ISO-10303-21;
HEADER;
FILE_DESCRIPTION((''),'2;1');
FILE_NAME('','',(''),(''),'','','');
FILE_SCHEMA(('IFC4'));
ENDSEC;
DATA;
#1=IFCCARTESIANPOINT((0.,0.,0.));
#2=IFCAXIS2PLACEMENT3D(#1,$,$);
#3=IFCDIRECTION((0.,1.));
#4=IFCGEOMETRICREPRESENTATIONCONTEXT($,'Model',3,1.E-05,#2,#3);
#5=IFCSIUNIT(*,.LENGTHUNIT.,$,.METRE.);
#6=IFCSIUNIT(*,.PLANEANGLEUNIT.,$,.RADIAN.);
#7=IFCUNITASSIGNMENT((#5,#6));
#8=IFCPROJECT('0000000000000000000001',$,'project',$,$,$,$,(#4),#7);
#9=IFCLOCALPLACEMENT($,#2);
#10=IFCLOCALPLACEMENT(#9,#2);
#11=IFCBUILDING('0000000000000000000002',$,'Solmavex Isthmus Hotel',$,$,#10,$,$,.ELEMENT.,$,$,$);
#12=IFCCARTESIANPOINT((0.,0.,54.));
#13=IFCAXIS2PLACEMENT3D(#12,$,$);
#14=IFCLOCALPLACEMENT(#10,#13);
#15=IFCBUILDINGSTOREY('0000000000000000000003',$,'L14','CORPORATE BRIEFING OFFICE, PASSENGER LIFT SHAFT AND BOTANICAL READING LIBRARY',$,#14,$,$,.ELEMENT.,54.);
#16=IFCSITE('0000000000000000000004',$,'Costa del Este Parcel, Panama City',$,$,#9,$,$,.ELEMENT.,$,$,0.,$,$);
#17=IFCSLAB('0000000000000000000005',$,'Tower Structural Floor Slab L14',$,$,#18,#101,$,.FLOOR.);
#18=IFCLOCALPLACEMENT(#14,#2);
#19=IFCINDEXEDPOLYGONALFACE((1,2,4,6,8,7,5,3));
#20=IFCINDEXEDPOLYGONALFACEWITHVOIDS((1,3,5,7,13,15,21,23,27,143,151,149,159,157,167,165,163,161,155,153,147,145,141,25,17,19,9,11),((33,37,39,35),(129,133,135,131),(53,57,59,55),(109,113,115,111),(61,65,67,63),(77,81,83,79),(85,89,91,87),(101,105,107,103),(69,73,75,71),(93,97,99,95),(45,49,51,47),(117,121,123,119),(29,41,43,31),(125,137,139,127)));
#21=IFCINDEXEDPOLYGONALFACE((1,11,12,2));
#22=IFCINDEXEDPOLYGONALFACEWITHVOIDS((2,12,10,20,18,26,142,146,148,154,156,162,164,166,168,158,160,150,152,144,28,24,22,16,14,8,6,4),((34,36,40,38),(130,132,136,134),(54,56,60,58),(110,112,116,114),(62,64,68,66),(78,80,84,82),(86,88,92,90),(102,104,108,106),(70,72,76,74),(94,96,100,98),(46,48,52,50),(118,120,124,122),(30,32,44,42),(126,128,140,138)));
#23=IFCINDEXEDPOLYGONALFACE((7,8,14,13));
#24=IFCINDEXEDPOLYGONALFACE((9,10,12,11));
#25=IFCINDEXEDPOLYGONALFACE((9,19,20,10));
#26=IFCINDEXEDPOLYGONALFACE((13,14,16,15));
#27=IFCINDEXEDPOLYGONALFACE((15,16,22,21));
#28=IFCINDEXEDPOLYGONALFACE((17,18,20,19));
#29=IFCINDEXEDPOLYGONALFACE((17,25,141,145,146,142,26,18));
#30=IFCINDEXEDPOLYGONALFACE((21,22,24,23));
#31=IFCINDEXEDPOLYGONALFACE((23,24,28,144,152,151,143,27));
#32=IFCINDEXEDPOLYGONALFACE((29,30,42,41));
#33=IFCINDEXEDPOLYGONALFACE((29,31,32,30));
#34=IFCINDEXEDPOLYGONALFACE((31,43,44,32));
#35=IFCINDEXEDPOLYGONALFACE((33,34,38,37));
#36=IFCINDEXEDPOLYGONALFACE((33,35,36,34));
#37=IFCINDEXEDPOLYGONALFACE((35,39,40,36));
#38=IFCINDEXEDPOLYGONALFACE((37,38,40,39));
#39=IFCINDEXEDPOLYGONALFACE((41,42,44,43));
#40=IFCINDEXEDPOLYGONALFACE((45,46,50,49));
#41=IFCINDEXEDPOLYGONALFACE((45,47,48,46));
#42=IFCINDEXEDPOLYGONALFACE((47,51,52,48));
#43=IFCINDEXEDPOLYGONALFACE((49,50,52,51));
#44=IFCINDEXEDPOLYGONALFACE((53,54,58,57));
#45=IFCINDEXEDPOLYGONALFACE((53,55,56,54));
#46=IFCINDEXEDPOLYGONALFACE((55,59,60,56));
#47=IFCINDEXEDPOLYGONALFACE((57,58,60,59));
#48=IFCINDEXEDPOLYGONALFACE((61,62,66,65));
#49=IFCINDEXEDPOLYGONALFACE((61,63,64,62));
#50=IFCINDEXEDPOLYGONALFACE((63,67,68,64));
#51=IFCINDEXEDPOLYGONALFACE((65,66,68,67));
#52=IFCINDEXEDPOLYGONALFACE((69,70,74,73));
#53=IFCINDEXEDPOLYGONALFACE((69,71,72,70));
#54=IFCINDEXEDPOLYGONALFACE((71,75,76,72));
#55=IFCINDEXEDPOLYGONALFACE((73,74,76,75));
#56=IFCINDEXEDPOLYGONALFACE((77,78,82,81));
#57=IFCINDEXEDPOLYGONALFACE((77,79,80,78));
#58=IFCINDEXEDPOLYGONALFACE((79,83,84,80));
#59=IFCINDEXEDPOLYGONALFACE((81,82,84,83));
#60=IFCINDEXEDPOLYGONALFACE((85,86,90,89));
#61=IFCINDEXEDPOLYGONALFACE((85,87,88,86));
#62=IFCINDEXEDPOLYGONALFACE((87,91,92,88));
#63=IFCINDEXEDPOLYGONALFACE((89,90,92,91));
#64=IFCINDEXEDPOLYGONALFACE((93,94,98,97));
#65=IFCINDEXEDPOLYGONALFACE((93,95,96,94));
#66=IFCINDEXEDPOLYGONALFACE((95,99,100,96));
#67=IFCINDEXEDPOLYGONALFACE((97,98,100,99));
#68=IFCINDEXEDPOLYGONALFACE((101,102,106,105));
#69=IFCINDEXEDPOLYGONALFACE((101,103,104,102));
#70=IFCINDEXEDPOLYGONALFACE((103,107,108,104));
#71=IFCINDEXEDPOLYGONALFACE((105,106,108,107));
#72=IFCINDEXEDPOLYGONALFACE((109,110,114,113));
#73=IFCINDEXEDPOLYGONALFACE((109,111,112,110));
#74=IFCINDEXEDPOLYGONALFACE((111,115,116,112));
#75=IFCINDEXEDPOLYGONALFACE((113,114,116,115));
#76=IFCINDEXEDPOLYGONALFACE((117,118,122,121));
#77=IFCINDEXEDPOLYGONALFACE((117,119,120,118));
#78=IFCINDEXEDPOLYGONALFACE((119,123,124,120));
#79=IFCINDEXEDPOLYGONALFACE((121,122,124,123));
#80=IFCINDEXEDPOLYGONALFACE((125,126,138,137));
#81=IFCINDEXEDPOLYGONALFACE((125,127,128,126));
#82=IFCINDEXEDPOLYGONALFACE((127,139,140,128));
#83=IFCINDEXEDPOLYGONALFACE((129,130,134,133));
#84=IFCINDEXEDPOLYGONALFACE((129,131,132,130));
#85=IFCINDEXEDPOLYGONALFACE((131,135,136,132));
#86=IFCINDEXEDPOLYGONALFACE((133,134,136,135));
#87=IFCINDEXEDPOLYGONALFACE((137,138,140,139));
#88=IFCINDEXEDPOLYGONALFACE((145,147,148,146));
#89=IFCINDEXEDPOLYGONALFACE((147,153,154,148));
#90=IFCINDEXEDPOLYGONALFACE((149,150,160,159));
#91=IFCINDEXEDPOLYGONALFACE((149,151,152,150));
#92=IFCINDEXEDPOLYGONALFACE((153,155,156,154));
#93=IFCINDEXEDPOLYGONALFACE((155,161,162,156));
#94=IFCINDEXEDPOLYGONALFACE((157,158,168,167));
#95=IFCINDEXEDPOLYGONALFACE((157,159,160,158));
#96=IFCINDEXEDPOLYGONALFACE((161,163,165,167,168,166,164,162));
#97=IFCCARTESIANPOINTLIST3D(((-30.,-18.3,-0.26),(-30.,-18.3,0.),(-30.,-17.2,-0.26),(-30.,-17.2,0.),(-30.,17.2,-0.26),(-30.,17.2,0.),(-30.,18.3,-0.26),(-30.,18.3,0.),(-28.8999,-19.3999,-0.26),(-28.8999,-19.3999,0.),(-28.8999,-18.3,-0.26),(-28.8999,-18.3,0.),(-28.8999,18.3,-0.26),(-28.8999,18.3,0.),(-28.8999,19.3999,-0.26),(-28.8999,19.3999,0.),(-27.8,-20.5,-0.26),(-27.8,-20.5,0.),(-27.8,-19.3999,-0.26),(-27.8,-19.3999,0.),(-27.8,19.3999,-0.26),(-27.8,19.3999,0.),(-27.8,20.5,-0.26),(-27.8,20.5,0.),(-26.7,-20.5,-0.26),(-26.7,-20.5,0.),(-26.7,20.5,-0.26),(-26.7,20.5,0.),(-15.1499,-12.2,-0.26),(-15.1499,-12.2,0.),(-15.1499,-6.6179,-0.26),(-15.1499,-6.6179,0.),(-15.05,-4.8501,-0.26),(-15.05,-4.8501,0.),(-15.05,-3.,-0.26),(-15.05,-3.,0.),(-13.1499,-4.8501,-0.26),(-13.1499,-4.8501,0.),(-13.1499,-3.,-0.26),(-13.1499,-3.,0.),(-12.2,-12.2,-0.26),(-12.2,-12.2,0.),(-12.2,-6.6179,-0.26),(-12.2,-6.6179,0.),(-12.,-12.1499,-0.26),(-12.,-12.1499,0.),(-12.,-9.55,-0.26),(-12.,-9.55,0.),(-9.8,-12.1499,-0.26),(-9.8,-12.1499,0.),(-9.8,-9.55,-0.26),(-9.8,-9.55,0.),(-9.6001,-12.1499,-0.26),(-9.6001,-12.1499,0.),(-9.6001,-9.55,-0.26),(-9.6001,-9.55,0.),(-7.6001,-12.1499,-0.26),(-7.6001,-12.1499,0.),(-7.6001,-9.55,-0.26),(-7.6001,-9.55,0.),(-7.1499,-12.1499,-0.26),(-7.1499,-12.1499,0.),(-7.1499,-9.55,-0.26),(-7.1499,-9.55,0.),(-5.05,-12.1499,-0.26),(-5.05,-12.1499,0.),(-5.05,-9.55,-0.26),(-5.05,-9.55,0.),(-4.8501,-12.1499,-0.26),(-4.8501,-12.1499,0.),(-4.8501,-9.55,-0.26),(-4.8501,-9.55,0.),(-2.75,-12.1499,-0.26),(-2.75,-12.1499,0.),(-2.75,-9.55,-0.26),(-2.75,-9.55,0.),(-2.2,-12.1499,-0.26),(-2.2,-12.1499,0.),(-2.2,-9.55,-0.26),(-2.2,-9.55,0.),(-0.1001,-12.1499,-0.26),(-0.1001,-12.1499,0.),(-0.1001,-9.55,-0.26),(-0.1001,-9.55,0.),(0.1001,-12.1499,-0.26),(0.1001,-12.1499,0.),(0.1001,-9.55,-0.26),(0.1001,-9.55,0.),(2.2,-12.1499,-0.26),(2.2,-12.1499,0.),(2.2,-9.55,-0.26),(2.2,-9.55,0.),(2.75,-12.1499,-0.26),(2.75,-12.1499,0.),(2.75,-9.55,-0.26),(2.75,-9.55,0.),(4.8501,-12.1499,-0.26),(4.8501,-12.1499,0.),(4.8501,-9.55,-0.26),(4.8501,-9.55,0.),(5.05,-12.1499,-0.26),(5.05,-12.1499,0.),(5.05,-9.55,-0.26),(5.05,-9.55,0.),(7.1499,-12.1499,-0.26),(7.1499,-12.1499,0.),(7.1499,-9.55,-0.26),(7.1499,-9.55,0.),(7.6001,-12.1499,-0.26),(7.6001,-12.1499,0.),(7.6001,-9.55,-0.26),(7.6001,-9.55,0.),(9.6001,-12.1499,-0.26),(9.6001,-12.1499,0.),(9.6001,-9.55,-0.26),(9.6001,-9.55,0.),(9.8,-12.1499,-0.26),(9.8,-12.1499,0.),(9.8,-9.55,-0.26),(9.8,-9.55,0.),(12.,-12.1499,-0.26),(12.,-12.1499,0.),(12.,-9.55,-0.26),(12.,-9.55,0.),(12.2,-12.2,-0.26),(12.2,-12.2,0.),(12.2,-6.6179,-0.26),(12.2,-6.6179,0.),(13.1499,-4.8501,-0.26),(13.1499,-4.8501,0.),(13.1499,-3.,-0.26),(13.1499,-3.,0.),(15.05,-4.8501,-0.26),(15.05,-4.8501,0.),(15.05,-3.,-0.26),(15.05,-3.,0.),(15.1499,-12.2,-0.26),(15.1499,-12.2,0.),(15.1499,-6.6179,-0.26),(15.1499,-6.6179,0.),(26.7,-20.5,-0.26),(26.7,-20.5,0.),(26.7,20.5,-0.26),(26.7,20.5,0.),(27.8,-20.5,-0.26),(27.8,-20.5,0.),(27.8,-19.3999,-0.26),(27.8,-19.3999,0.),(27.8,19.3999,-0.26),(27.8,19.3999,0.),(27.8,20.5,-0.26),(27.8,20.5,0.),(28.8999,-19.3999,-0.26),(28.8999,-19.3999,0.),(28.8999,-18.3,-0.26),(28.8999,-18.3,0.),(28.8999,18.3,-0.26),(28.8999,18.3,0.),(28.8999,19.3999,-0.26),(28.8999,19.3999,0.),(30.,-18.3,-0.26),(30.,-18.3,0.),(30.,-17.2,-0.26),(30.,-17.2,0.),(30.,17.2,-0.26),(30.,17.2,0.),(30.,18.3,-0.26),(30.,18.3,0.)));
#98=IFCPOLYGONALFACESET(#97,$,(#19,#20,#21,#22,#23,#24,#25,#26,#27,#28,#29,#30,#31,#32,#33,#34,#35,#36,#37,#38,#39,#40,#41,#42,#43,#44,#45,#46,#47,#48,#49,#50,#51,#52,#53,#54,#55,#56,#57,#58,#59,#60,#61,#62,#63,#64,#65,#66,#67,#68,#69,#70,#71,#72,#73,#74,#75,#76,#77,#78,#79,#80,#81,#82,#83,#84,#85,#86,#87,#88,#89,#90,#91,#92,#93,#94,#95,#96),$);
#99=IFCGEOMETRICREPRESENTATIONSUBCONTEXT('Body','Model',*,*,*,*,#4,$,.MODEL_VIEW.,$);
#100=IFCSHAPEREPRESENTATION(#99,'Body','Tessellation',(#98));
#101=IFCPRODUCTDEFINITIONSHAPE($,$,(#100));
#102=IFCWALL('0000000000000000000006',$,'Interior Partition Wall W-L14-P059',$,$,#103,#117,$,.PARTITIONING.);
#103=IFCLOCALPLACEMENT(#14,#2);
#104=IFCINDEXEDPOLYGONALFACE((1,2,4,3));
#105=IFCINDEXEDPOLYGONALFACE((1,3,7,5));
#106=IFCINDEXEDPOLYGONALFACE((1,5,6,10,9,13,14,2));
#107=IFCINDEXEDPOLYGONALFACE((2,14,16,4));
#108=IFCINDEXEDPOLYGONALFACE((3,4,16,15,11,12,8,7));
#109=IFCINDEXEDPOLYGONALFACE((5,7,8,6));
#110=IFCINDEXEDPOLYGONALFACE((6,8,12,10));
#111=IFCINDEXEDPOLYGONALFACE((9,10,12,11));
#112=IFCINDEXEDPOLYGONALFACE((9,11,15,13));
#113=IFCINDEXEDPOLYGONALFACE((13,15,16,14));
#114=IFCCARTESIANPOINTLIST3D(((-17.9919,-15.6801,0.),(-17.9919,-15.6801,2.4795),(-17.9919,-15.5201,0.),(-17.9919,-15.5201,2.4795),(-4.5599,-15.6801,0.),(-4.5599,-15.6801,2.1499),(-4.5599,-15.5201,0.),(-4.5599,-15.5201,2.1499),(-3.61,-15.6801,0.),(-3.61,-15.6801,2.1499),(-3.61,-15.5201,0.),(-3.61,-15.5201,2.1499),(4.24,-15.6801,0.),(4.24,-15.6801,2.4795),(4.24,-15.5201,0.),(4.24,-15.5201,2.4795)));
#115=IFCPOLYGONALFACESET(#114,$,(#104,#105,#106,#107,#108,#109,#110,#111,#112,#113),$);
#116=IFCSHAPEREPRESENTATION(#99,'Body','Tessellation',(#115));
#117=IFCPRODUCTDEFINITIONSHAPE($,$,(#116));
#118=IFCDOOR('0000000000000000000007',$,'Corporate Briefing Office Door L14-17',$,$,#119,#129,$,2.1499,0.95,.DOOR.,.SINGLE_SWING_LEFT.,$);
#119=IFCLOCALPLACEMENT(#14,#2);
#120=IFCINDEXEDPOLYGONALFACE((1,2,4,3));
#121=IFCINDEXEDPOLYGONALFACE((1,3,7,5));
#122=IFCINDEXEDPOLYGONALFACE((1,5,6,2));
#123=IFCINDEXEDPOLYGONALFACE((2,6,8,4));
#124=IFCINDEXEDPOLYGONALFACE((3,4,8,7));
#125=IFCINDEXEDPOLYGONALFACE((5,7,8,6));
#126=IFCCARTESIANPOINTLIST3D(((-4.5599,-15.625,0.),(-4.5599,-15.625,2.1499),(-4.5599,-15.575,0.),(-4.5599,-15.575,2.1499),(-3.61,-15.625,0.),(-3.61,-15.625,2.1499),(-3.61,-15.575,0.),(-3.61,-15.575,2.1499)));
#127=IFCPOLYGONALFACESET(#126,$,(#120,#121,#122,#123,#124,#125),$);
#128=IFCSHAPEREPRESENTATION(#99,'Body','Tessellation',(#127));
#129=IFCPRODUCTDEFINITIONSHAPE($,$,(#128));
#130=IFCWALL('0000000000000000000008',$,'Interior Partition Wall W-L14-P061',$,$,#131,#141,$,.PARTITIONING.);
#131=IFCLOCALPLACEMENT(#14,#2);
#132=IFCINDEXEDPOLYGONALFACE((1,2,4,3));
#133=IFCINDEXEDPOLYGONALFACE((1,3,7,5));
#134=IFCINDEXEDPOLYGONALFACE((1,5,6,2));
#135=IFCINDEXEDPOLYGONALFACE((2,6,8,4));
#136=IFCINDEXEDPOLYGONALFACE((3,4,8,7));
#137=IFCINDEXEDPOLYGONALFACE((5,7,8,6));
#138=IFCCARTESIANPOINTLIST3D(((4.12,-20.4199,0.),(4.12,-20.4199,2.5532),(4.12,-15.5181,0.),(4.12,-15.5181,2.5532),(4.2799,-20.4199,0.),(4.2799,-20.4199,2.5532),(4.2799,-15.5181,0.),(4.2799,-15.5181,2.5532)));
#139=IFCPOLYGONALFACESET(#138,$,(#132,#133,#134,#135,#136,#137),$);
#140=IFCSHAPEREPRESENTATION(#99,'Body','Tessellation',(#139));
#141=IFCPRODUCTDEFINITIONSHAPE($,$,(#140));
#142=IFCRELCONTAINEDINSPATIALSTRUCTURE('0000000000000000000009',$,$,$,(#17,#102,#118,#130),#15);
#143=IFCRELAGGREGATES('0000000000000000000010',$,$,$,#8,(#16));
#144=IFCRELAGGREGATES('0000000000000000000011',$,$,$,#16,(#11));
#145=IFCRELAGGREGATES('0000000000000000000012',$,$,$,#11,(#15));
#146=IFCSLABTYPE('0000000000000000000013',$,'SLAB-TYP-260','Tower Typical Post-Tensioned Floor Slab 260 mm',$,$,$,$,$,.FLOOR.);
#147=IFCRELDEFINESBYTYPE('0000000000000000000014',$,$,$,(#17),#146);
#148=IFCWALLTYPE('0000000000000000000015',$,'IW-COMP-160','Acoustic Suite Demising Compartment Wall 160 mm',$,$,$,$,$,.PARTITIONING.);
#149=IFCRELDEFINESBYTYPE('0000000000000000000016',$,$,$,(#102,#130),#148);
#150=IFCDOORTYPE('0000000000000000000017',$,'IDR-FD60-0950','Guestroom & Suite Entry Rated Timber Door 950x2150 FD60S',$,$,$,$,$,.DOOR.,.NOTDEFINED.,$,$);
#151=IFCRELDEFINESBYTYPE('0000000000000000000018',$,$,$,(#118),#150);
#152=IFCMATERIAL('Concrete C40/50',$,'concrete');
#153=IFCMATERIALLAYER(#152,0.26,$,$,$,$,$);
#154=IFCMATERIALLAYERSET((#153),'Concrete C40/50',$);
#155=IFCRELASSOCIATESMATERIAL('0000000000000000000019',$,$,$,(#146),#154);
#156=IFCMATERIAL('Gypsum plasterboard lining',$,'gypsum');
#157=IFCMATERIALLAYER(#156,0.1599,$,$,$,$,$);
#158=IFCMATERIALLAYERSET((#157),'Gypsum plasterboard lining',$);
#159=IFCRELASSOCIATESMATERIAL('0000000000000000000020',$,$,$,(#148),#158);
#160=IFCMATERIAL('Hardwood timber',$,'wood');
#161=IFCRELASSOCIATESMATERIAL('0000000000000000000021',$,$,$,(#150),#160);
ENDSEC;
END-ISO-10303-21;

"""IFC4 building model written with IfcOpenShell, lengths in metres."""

from ifc_helpers import new_model, si_unit, direction, frame, frame_2d, origin, place, context, subcontext, project, spatial, polyline, rectangle, outline, extrude, material, layer, layer_set, type_object, element, fill, save


model = new_model("IFC4")

# Units and contexts
model_context = context("Model", 3, precision=1e-05, world=origin(), true_north=direction((0.0, 1.0)))
body_context = subcontext(model_context, "Body", "Model", "MODEL_VIEW")
ifc_project = project(units=[si_unit("LENGTHUNIT", "METRE"), si_unit("PLANEANGLEUNIT", "RADIAN")], contexts=[model_context])

# Site, building, storey
site_placement = place(None, origin())
site = spatial("IfcSite", under=ifc_project, at=site_placement, Name="Costa del Este Parcel, Panama City", CompositionType="ELEMENT", RefElevation=0.0)
building_placement = place(site_placement, origin())
building = spatial("IfcBuilding", under=site, at=building_placement, Name="Solmavex Isthmus Hotel", CompositionType="ELEMENT")
storey_placement = place(building_placement, frame((0.0, 0.0, 54.0)))
storey = spatial("IfcBuildingStorey", under=building, at=storey_placement, Name="L14", Description="CORPORATE BRIEFING OFFICE, PASSENGER LIFT SHAFT AND BOTANICAL READING LIBRARY", CompositionType="ELEMENT", Elevation=54.0)

# Slab
ifc_material_1 = material(Name="Concrete C40/50", Category="concrete")
ifc_layer_1 = layer(ifc_material_1, 0.26)
ifc_layer_set_1 = layer_set([ifc_layer_1], Name="Concrete C40/50")
slab_type = type_object("IfcSlabType", Name="SLAB-TYP-260", Description="Tower Typical Post-Tensioned Floor Slab 260 mm", PredefinedType="FLOOR", material=ifc_layer_set_1)
slab_placement = place(storey_placement, frame((0.0, 0.0, -0.26)))
element("IfcSlab", 1, at=slab_placement, inside=storey, type_object=slab_type, Name="Tower Structural Floor Slab L14", PredefinedType="FLOOR", context=body_context, shape_type="SweptSolid", body=[
    extrude(outline(polyline([(-26.7, -20.5), (26.7, -20.5), (27.8, -20.5), (27.8, -19.3999), (28.8999, -19.3999), (28.8999, -18.3), (30.0, -18.3), (30.0, -17.2), (30.0, 17.2), (30.0, 18.3), (28.8999, 18.3), (28.8999, 19.3999), (27.8, 19.3999), (27.8, 20.5), (26.7, 20.5), (-26.7, 20.5), (-27.8, 20.5), (-27.8, 19.3999), (-28.8999, 19.3999), (-28.8999, 18.3), (-30.0, 18.3), (-30.0, 17.2), (-30.0, -17.2), (-30.0, -18.3), (-28.8999, -18.3), (-28.8999, -19.3999), (-27.8, -19.3999), (-27.8, -20.5), (-26.7, -20.5)]), holes=[polyline([(-15.1499, -6.6179), (-15.1499, -12.2), (-12.2, -12.2), (-12.2, -6.6179), (-15.1499, -6.6179)]), polyline([(12.2, -6.6179), (12.2, -12.2), (15.1499, -12.2), (15.1499, -6.6179), (12.2, -6.6179)]), polyline([(-12.0, -12.1499), (-9.8, -12.1499), (-9.8, -9.55), (-12.0, -9.55), (-12.0, -12.1499)]), polyline([(9.8, -12.1499), (12.0, -12.1499), (12.0, -9.55), (9.8, -9.55), (9.8, -12.1499)]), polyline([(-9.6001, -12.1499), (-7.6001, -12.1499), (-7.6001, -9.55), (-9.6001, -9.55), (-9.6001, -12.1499)]), polyline([(7.6001, -12.1499), (9.6001, -12.1499), (9.6001, -9.55), (7.6001, -9.55), (7.6001, -12.1499)]), polyline([(-7.1499, -12.1499), (-5.05, -12.1499), (-5.05, -9.55), (-7.1499, -9.55), (-7.1499, -12.1499)]), polyline([(-4.8501, -12.1499), (-2.75, -12.1499), (-2.75, -9.55), (-4.8501, -9.55), (-4.8501, -12.1499)]), polyline([(-2.2, -12.1499), (-0.1001, -12.1499), (-0.1001, -9.55), (-2.2, -9.55), (-2.2, -12.1499)]), polyline([(0.1001, -12.1499), (2.2, -12.1499), (2.2, -9.55), (0.1001, -9.55), (0.1001, -12.1499)]), polyline([(2.75, -12.1499), (4.8501, -12.1499), (4.8501, -9.55), (2.75, -9.55), (2.75, -12.1499)]), polyline([(5.05, -12.1499), (7.1499, -12.1499), (7.1499, -9.55), (5.05, -9.55), (5.05, -12.1499)]), polyline([(-15.05, -4.8501), (-13.1499, -4.8501), (-13.1499, -3.0), (-15.05, -3.0), (-15.05, -4.8501)]), polyline([(13.1499, -4.8501), (15.05, -4.8501), (15.05, -3.0), (13.1499, -3.0), (13.1499, -4.8501)])]), origin(), (0.0, 0.0, 1.0), 0.26),
])

# Wall, opening, door
ifc_material_2 = material(Name="Gypsum plasterboard lining", Category="gypsum")
ifc_layer_2 = layer(ifc_material_2, 0.1599)
ifc_layer_set_2 = layer_set([ifc_layer_2], Name="Gypsum plasterboard lining")
wall_type_1 = type_object("IfcWallType", Name="IW-COMP-160", Description="Acoustic Suite Demising Compartment Wall 160 mm", PredefinedType="PARTITIONING", material=ifc_layer_set_2)
ifc_material_3 = material(Name="Hardwood timber", Category="wood")
door_type_1 = type_object("IfcDoorType", Name="IDR-FD60-0950", Description="Guestroom & Suite Entry Rated Timber Door 950x2150 FD60S", OperationType="NOTDEFINED", PredefinedType="DOOR", material=ifc_material_3)
wall_1_placement = place(storey_placement, frame((4.24, -15.6001, 0.0), z_axis=(0.0, 0.0, 1.0), x_axis=(-1.0, 0.0, 0.0)))
wall_1 = element("IfcWall", 2, at=wall_1_placement, inside=storey, type_object=wall_type_1, Name="Interior Partition Wall W-L14-P059", PredefinedType="PARTITIONING", context=body_context, shape_type="SweptSolid", body=[
    extrude(rectangle(XDim=22.2319, YDim=0.1599, at=frame_2d((11.116, 0.0))), origin(), (0.0, 0.0, 1.0), 2.4795),
])
opening_1_placement = place(wall_1_placement, frame((7.8499, 0.0, 0.0)))
opening_1 = element("IfcOpeningElement", 3, at=opening_1_placement, cuts=wall_1, PredefinedType="OPENING", context=body_context, shape_type="SweptSolid", body=[
    extrude(rectangle(XDim=0.95, YDim=2.1499, at=frame_2d((0.4751, 1.075))), frame((0.0, 0.0898, 0.0), z_axis=(0.0, -1.0, 0.0), x_axis=(1.0, 0.0, 0.0)), (0.0, 0.0, 1.0), 0.1799),
])
door_1_placement = place(opening_1_placement, origin())
door_1 = element("IfcDoor", 4, at=door_1_placement, inside=storey, type_object=door_type_1, Name="Corporate Briefing Office Door L14-17", OperationType="SINGLE_SWING_LEFT", OverallHeight=2.1499, OverallWidth=0.95, PredefinedType="DOOR", context=body_context, shape_type="SweptSolid", body=[
    extrude(rectangle(XDim=0.95, YDim=2.1499, at=frame_2d((0.4751, 1.075))), frame((0.0, 0.0249, 0.0), z_axis=(0.0, -1.0, 0.0), x_axis=(1.0, 0.0, 0.0)), (0.0, 0.0, 1.0), 0.05),
])
fill(opening_1, door_1)

# Wall
wall_2_placement = place(storey_placement, frame((4.2, -20.4199, 0.0), z_axis=(0.0, 0.0, 1.0), x_axis=(0.0, 1.0, 0.0)))
element("IfcWall", 5, at=wall_2_placement, inside=storey, type_object=wall_type_1, Name="Interior Partition Wall W-L14-P061", PredefinedType="PARTITIONING", context=body_context, shape_type="SweptSolid", body=[
    extrude(rectangle(XDim=4.9019, YDim=0.1599, at=frame_2d((2.4509, 0.0))), origin(), (0.0, 0.0, 1.0), 2.5532),
])

save(model, "model.ifc")
